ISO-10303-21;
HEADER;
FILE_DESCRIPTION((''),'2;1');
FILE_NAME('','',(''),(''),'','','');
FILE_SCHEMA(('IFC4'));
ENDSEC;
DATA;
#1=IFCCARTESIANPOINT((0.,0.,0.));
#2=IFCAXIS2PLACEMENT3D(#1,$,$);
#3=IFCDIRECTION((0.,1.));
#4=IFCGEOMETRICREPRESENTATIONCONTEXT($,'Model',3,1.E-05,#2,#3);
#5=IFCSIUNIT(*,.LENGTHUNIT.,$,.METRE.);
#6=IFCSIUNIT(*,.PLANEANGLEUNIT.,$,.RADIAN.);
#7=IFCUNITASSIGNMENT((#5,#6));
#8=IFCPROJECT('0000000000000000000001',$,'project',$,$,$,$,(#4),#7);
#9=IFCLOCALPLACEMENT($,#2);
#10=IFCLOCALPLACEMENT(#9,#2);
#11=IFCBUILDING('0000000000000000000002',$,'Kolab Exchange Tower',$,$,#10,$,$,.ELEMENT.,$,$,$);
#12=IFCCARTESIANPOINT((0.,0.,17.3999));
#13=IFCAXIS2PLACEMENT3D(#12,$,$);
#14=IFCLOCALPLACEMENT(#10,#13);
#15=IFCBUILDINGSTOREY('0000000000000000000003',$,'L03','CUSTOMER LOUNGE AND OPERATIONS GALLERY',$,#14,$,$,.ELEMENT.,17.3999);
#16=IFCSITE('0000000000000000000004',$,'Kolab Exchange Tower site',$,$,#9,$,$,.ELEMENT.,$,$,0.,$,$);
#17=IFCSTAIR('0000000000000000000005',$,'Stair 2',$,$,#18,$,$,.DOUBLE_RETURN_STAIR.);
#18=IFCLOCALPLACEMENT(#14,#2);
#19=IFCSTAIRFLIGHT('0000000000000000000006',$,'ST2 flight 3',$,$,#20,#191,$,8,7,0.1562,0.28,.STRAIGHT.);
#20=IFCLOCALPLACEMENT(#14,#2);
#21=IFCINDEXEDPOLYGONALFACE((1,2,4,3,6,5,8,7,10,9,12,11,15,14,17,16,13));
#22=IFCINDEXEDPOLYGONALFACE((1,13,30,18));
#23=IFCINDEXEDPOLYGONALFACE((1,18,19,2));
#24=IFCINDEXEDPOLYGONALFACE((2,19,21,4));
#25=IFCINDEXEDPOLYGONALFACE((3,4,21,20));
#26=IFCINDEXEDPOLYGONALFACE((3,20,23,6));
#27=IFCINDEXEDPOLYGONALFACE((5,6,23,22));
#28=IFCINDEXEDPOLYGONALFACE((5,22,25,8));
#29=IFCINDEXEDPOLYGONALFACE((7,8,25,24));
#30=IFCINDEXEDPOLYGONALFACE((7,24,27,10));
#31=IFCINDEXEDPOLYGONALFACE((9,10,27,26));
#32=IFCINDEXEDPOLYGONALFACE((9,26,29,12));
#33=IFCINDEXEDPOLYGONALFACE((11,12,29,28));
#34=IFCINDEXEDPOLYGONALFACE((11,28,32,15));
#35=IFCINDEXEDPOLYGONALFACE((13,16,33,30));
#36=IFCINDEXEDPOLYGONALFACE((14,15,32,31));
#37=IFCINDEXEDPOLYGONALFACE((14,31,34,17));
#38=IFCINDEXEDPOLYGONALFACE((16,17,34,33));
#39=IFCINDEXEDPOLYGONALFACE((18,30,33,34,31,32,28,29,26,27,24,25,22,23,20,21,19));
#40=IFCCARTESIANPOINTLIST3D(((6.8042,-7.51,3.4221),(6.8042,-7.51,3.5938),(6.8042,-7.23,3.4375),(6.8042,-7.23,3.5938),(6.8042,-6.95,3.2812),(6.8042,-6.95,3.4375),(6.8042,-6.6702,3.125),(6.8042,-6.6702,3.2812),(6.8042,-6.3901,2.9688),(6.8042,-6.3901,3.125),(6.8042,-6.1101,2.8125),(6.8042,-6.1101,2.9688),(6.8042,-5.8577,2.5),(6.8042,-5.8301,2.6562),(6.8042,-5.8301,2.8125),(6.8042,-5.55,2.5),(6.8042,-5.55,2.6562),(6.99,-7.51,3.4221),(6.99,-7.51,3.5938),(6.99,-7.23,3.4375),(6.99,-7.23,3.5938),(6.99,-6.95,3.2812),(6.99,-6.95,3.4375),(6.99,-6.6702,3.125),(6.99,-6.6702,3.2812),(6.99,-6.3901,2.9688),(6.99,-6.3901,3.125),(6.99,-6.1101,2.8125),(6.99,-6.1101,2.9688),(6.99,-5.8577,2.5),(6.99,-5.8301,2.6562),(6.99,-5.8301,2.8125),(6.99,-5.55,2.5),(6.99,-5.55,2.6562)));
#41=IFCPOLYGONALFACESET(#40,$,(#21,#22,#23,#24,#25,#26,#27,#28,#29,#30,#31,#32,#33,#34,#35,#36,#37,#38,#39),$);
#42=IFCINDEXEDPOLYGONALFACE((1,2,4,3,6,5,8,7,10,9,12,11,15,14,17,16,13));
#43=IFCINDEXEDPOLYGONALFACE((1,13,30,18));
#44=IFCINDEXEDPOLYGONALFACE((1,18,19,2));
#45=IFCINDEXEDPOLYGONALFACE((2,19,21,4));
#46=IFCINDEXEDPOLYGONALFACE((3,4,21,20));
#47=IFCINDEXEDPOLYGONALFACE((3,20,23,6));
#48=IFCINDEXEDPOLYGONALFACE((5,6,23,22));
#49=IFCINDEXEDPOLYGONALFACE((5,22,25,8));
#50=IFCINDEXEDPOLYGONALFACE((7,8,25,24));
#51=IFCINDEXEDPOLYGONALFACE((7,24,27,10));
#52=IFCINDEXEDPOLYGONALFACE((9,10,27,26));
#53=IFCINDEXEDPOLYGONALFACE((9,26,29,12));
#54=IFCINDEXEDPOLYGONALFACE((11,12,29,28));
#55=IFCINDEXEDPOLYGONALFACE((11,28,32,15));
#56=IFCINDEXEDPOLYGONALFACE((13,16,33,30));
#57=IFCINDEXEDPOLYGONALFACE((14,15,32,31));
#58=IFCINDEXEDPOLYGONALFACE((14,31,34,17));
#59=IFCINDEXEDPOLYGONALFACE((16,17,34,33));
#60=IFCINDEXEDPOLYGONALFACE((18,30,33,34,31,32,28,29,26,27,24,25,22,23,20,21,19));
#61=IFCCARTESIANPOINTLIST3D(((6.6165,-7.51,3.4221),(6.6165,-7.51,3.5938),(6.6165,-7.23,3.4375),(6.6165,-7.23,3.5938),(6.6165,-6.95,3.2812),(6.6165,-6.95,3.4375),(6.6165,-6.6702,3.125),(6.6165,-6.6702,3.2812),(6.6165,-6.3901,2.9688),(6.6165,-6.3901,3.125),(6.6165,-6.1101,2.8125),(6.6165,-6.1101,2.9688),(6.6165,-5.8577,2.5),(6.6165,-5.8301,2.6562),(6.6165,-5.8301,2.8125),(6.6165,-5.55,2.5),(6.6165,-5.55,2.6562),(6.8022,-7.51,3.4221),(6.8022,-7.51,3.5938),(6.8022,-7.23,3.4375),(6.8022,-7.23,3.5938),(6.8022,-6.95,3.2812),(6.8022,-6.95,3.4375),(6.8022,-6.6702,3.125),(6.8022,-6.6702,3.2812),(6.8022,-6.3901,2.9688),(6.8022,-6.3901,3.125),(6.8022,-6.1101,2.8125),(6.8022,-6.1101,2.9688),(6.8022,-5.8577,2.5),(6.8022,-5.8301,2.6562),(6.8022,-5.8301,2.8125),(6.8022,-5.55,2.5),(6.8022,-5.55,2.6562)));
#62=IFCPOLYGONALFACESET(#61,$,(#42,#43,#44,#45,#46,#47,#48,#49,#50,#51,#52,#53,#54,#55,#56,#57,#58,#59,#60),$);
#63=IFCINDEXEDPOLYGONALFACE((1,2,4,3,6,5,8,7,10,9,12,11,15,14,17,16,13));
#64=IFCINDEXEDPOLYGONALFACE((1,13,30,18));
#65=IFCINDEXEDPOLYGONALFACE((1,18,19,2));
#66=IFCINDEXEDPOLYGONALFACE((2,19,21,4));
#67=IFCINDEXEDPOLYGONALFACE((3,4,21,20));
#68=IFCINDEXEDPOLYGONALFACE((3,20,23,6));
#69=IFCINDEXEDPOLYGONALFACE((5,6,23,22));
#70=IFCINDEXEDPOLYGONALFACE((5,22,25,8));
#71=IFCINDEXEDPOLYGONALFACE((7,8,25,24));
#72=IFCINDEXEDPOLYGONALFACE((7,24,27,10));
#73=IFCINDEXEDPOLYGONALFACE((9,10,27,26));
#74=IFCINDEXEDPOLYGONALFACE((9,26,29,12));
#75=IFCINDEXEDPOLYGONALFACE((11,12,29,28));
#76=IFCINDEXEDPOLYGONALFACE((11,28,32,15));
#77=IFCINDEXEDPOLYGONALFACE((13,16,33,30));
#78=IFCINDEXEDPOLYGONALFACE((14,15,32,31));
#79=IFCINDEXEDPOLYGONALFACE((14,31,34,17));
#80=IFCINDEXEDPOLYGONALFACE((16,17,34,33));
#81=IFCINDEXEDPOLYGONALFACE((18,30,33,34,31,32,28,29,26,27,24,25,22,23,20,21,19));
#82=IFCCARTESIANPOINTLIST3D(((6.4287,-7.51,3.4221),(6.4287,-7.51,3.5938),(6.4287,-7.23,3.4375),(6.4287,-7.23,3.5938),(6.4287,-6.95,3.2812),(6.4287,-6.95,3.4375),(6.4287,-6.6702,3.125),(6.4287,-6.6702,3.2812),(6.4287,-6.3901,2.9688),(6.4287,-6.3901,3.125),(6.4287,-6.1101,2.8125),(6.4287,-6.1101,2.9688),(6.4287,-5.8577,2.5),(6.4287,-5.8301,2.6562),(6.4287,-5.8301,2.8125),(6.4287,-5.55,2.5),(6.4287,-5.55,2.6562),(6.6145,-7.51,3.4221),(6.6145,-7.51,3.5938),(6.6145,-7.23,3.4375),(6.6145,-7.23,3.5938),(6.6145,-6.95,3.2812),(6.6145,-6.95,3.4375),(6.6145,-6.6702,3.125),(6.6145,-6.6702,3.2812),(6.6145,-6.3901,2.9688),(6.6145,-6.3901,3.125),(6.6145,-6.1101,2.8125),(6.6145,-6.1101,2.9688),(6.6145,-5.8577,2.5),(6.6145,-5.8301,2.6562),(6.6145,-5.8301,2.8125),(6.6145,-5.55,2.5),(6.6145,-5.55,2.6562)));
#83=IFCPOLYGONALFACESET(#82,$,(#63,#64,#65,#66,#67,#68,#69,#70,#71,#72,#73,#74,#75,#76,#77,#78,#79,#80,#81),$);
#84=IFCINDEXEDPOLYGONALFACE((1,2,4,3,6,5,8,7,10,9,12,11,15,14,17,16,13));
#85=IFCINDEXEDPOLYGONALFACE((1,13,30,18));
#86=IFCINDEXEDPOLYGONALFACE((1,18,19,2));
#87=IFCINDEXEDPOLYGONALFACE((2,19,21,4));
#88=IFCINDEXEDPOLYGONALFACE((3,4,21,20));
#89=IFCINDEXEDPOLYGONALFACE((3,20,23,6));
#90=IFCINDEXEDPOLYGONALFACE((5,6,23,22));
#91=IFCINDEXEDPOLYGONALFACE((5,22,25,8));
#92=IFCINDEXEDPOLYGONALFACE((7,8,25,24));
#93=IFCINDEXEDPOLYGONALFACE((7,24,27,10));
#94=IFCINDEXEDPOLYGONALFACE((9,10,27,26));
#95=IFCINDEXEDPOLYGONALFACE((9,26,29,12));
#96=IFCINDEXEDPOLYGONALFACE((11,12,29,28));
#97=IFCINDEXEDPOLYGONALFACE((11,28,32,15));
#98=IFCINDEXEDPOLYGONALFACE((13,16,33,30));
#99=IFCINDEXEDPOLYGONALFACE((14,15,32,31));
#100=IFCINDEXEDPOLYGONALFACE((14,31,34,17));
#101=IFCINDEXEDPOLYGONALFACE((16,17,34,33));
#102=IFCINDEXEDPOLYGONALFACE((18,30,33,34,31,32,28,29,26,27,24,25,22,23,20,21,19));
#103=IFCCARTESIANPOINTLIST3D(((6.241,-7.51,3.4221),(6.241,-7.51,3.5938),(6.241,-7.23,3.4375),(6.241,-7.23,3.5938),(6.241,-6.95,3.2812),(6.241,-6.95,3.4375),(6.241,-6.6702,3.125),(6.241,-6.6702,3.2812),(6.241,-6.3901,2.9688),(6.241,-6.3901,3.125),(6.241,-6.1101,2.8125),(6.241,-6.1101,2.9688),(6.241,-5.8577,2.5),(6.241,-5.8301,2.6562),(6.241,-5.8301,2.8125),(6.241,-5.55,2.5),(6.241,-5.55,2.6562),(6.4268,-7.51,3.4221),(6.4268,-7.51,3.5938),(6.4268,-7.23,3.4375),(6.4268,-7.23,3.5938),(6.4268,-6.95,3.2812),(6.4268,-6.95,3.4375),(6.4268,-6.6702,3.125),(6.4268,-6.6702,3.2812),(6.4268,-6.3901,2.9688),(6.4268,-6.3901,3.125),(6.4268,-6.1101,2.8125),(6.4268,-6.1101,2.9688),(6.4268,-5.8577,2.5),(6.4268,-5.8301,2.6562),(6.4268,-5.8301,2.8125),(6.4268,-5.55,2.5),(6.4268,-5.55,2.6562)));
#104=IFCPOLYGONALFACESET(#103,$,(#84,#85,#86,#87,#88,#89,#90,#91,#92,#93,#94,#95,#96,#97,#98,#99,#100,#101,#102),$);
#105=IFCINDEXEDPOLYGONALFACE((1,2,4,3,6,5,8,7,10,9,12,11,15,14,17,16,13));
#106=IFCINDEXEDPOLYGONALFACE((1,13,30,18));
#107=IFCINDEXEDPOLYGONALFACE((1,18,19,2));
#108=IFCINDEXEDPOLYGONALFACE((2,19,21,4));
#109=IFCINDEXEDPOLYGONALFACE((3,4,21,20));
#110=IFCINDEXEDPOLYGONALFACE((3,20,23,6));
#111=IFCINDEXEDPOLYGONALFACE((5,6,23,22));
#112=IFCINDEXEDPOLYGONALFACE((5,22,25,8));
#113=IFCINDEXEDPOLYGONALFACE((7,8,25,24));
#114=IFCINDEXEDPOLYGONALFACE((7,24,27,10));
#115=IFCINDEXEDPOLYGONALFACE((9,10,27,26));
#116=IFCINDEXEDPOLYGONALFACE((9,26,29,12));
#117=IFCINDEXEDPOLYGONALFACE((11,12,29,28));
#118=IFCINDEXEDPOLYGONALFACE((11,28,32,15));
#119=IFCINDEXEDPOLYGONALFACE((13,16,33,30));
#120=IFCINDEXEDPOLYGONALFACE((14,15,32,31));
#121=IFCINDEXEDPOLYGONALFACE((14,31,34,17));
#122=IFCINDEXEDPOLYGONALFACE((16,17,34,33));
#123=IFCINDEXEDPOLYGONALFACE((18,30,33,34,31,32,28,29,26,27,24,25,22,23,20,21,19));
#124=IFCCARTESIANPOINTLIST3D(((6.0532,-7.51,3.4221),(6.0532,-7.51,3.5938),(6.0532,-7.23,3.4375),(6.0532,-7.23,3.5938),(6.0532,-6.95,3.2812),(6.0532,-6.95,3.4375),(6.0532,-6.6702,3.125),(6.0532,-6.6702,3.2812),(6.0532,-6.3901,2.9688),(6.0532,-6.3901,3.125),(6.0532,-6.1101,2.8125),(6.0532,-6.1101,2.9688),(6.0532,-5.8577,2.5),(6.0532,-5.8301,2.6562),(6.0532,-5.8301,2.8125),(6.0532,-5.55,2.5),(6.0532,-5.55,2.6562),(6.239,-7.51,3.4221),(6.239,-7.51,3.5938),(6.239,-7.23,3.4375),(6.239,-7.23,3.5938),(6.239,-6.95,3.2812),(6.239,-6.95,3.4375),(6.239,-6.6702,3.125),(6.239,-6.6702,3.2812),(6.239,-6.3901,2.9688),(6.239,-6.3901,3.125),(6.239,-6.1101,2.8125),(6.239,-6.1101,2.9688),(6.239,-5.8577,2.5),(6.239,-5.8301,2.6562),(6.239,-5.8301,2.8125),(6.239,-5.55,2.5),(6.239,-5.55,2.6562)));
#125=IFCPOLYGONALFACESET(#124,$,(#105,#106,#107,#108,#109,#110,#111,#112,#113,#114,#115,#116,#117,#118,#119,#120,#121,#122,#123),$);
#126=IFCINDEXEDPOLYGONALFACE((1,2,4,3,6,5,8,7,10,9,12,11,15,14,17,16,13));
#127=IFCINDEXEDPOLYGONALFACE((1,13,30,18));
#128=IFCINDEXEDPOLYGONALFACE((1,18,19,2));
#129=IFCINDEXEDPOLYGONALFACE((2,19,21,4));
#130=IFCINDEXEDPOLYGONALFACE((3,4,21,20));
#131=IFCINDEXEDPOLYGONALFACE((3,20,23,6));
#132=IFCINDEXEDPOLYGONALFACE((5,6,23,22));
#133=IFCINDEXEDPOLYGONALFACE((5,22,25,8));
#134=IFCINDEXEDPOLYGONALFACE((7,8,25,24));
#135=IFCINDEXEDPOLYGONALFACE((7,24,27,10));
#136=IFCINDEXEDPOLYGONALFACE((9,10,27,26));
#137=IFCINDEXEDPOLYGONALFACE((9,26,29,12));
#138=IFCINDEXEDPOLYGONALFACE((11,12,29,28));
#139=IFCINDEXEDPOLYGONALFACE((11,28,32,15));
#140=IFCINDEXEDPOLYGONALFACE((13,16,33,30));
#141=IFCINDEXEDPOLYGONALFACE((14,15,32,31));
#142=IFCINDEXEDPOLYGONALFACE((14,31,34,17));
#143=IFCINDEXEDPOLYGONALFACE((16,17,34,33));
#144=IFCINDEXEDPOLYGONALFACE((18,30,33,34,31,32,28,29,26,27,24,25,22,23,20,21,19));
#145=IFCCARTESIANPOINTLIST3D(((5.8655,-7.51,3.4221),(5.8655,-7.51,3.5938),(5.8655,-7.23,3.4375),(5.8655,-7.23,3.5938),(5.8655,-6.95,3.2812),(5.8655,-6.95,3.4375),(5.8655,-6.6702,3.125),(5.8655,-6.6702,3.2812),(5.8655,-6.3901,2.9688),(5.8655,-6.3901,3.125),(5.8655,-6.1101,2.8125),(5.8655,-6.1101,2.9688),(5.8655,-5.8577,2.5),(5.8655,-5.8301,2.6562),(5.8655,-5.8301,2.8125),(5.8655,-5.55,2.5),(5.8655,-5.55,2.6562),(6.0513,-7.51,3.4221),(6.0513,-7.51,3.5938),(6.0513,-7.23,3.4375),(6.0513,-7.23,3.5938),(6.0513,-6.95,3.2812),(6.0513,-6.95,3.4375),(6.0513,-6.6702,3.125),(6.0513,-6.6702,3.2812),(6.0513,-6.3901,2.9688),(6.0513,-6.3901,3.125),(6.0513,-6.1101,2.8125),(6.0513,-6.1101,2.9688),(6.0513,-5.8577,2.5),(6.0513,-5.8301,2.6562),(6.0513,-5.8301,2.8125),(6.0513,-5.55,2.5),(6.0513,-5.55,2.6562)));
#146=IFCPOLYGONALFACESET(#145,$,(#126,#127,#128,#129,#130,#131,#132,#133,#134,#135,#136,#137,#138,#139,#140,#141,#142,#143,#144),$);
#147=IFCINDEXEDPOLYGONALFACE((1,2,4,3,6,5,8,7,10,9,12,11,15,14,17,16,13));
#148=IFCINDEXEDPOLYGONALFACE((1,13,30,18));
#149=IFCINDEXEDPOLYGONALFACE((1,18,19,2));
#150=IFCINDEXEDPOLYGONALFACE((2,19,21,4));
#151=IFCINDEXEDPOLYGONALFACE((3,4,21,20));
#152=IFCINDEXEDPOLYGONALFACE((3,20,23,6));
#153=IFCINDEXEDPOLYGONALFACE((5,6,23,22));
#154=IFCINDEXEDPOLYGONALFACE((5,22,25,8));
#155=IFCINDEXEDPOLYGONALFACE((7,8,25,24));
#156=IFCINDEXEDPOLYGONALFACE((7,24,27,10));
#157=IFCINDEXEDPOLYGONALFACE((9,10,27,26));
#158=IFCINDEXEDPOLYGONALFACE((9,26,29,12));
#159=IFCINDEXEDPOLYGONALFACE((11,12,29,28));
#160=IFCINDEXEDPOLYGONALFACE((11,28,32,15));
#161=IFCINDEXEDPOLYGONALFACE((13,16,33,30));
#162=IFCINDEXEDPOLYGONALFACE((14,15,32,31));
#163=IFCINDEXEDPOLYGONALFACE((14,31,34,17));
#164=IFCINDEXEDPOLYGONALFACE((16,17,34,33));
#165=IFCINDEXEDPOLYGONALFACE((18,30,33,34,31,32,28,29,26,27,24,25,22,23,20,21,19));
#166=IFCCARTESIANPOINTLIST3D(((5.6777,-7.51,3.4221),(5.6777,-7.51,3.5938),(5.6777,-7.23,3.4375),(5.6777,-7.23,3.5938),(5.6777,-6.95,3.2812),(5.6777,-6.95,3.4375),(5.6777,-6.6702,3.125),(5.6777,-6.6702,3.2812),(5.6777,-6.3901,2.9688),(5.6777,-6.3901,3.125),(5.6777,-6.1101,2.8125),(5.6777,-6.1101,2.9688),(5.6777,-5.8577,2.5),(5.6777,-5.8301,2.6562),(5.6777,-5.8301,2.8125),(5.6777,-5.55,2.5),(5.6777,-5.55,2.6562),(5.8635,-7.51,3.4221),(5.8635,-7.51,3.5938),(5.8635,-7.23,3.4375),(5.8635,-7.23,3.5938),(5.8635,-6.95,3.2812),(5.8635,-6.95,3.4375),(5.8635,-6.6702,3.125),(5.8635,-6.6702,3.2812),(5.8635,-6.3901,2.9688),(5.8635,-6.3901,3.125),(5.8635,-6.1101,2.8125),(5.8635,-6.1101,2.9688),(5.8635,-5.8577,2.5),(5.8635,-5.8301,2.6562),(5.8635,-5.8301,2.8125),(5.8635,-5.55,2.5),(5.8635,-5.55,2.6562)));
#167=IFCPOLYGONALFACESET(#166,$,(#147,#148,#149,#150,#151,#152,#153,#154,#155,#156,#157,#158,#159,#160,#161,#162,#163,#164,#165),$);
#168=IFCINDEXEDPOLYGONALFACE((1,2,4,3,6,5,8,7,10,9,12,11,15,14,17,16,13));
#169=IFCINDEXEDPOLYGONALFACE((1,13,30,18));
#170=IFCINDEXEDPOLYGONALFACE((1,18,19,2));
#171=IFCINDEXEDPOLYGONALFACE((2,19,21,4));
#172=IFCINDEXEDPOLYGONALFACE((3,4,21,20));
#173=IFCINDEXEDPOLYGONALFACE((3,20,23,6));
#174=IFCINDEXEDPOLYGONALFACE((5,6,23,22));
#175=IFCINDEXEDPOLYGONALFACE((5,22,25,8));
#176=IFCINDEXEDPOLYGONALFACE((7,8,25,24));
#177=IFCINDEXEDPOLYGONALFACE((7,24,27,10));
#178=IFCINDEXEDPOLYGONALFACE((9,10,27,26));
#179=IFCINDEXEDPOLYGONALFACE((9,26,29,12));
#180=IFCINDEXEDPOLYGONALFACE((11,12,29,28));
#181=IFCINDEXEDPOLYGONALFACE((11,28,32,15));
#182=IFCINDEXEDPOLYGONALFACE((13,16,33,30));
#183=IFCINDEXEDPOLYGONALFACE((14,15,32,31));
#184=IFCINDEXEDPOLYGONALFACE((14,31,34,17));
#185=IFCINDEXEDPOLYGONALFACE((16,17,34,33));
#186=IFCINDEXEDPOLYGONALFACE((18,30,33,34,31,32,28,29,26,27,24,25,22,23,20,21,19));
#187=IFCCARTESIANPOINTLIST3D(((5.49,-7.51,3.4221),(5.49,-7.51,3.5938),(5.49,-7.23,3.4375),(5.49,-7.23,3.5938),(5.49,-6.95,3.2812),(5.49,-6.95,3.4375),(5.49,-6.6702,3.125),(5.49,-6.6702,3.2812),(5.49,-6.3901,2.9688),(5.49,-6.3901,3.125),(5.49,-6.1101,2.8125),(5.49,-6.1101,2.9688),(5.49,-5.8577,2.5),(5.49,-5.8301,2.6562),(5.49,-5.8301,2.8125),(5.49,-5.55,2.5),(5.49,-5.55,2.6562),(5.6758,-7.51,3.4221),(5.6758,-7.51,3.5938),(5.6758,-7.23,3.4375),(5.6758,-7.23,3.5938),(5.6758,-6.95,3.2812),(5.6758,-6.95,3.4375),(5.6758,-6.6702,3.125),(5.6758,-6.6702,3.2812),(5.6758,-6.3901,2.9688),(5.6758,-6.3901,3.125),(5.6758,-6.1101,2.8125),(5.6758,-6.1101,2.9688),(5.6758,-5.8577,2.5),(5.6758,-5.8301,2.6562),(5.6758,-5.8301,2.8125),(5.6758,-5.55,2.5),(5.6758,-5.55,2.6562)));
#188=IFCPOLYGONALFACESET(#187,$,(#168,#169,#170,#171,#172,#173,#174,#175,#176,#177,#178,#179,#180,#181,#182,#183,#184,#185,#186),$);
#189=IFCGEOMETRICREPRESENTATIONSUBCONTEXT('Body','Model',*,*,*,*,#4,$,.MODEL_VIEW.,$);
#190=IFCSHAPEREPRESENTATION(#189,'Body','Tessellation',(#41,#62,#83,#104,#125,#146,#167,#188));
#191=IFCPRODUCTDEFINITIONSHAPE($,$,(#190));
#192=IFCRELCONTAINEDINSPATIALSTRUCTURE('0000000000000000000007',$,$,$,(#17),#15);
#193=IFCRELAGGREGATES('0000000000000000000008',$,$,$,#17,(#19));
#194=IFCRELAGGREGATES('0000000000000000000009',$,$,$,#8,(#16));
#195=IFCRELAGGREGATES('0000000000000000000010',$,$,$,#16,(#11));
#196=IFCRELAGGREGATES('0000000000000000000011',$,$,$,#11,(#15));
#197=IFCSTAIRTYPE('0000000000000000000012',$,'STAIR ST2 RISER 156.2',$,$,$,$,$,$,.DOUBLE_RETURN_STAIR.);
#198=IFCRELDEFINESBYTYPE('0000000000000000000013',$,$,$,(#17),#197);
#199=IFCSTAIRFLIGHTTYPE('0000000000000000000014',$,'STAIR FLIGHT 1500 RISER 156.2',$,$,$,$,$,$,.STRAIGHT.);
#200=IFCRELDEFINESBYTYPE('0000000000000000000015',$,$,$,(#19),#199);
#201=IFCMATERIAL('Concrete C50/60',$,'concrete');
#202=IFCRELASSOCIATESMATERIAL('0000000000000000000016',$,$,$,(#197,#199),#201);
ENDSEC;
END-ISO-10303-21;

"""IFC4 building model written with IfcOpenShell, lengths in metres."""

from ifc_helpers import new_model, si_unit, direction, frame, origin, place, context, subcontext, project, spatial, polyline, outline, extrude, material, type_object, element, aggregate, save


model = new_model("IFC4")

# Units and contexts
model_context = context("Model", 3, precision=1e-05, world=origin(), true_north=direction((0.0, 1.0)))
body_context = subcontext(model_context, "Body", "Model", "MODEL_VIEW")
ifc_project = project(units=[si_unit("LENGTHUNIT", "METRE"), si_unit("PLANEANGLEUNIT", "RADIAN")], contexts=[model_context])

# Site, building, storey
site_placement = place(None, origin())
site = spatial("IfcSite", under=ifc_project, at=site_placement, Name="Kolab Exchange Tower site", CompositionType="ELEMENT", RefElevation=0.0)
building_placement = place(site_placement, origin())
building = spatial("IfcBuilding", under=site, at=building_placement, Name="Kolab Exchange Tower", CompositionType="ELEMENT")
storey_placement = place(building_placement, frame((0.0, 0.0, 17.3999)))
storey = spatial("IfcBuildingStorey", under=building, at=storey_placement, Name="L03", Description="CUSTOMER LOUNGE AND OPERATIONS GALLERY", CompositionType="ELEMENT", Elevation=17.3999)

# Shared definitions
ifc_material_1 = material(Name="Concrete C50/60", Category="concrete")

# Stair, stair flight
stair_type_1 = type_object("IfcStairType", Name="STAIR ST2 RISER 156.2", PredefinedType="DOUBLE_RETURN_STAIR", material=ifc_material_1)
stair_1_placement = place(storey_placement, origin())
stair_1 = element("IfcStair", 1, at=stair_1_placement, inside=storey, type_object=stair_type_1, Name="Stair 2", PredefinedType="DOUBLE_RETURN_STAIR")
stair_flight_type = type_object("IfcStairFlightType", Name="STAIR FLIGHT 1500 RISER 156.2", PredefinedType="STRAIGHT", material=ifc_material_1)
stair_flight_1_placement = place(storey_placement, frame((6.24, -5.55, 2.5), z_axis=(0.0, 0.0, 1.0), x_axis=(0.0, -1.0, 0.0)))
stair_flight_1 = element("IfcStairFlight", 2, at=stair_flight_1_placement, type_object=stair_flight_type, Name="ST2 flight 3", NumberOfRisers=8, NumberOfTreads=7, PredefinedType="STRAIGHT", RiserHeight=0.1562, TreadLength=0.28, context=body_context, shape_type="SweptSolid", body=[
    extrude(outline(polyline([(0.0, 0.0), (0.0, 0.1562), (0.28, 0.1562), (0.28, 0.3125), (0.5601, 0.3125), (0.5601, 0.4688), (0.8401, 0.4688), (0.8401, 0.625), (1.1201, 0.625), (1.1201, 0.7812), (1.3999, 0.7812), (1.3999, 0.9375), (1.6799, 0.9375), (1.6799, 1.0938), (1.96, 1.0938), (1.96, 1.25), (1.96, 0.9221), (0.3076, 0.0), (0.0, 0.0)])), frame((0.0, 0.75, 0.0), z_axis=(0.0, -1.0, 0.0), x_axis=(1.0, 0.0, 0.0)), (0.0, 0.0, 1.0), 0.1858),
    extrude(outline(polyline([(0.0, 0.0), (0.0, 0.1562), (0.28, 0.1562), (0.28, 0.3125), (0.5601, 0.3125), (0.5601, 0.4688), (0.8401, 0.4688), (0.8401, 0.625), (1.1201, 0.625), (1.1201, 0.7812), (1.3999, 0.7812), (1.3999, 0.9375), (1.6799, 0.9375), (1.6799, 1.0938), (1.96, 1.0938), (1.96, 1.25), (1.96, 0.9221), (0.3076, 0.0), (0.0, 0.0)])), frame((0.0, 0.5623, 0.0), z_axis=(0.0, -1.0, 0.0), x_axis=(1.0, 0.0, 0.0)), (0.0, 0.0, 1.0), 0.1858),
    extrude(outline(polyline([(0.0, 0.0), (0.0, 0.1562), (0.28, 0.1562), (0.28, 0.3125), (0.5601, 0.3125), (0.5601, 0.4688), (0.8401, 0.4688), (0.8401, 0.625), (1.1201, 0.625), (1.1201, 0.7812), (1.3999, 0.7812), (1.3999, 0.9375), (1.6799, 0.9375), (1.6799, 1.0938), (1.96, 1.0938), (1.96, 1.25), (1.96, 0.9221), (0.3076, 0.0), (0.0, 0.0)])), frame((0.0, 0.3745, 0.0), z_axis=(0.0, -1.0, 0.0), x_axis=(1.0, 0.0, 0.0)), (0.0, 0.0, 1.0), 0.1858),
    extrude(outline(polyline([(0.0, 0.0), (0.0, 0.1562), (0.28, 0.1562), (0.28, 0.3125), (0.5601, 0.3125), (0.5601, 0.4688), (0.8401, 0.4688), (0.8401, 0.625), (1.1201, 0.625), (1.1201, 0.7812), (1.3999, 0.7812), (1.3999, 0.9375), (1.6799, 0.9375), (1.6799, 1.0938), (1.96, 1.0938), (1.96, 1.25), (1.96, 0.9221), (0.3076, 0.0), (0.0, 0.0)])), frame((0.0, 0.1868, 0.0), z_axis=(0.0, -1.0, 0.0), x_axis=(1.0, 0.0, 0.0)), (0.0, 0.0, 1.0), 0.1858),
    extrude(outline(polyline([(0.0, 0.0), (0.0, 0.1562), (0.28, 0.1562), (0.28, 0.3125), (0.5601, 0.3125), (0.5601, 0.4688), (0.8401, 0.4688), (0.8401, 0.625), (1.1201, 0.625), (1.1201, 0.7812), (1.3999, 0.7812), (1.3999, 0.9375), (1.6799, 0.9375), (1.6799, 1.0938), (1.96, 1.0938), (1.96, 1.25), (1.96, 0.9221), (0.3076, 0.0), (0.0, 0.0)])), frame((0.0, -0.001, 0.0), z_axis=(0.0, -1.0, 0.0), x_axis=(1.0, 0.0, 0.0)), (0.0, 0.0, 1.0), 0.1858),
    extrude(outline(polyline([(0.0, 0.0), (0.0, 0.1562), (0.28, 0.1562), (0.28, 0.3125), (0.5601, 0.3125), (0.5601, 0.4688), (0.8401, 0.4688), (0.8401, 0.625), (1.1201, 0.625), (1.1201, 0.7812), (1.3999, 0.7812), (1.3999, 0.9375), (1.6799, 0.9375), (1.6799, 1.0938), (1.96, 1.0938), (1.96, 1.25), (1.96, 0.9221), (0.3076, 0.0), (0.0, 0.0)])), frame((0.0, -0.1887, 0.0), z_axis=(0.0, -1.0, 0.0), x_axis=(1.0, 0.0, 0.0)), (0.0, 0.0, 1.0), 0.1858),
    extrude(outline(polyline([(0.0, 0.0), (0.0, 0.1562), (0.28, 0.1562), (0.28, 0.3125), (0.5601, 0.3125), (0.5601, 0.4688), (0.8401, 0.4688), (0.8401, 0.625), (1.1201, 0.625), (1.1201, 0.7812), (1.3999, 0.7812), (1.3999, 0.9375), (1.6799, 0.9375), (1.6799, 1.0938), (1.96, 1.0938), (1.96, 1.25), (1.96, 0.9221), (0.3076, 0.0), (0.0, 0.0)])), frame((0.0, -0.3765, 0.0), z_axis=(0.0, -1.0, 0.0), x_axis=(1.0, 0.0, 0.0)), (0.0, 0.0, 1.0), 0.1858),
    extrude(outline(polyline([(0.0, 0.0), (0.0, 0.1562), (0.28, 0.1562), (0.28, 0.3125), (0.5601, 0.3125), (0.5601, 0.4688), (0.8401, 0.4688), (0.8401, 0.625), (1.1201, 0.625), (1.1201, 0.7812), (1.3999, 0.7812), (1.3999, 0.9375), (1.6799, 0.9375), (1.6799, 1.0938), (1.96, 1.0938), (1.96, 1.25), (1.96, 0.9221), (0.3076, 0.0), (0.0, 0.0)])), frame((0.0, -0.5642, 0.0), z_axis=(0.0, -1.0, 0.0), x_axis=(1.0, 0.0, 0.0)), (0.0, 0.0, 1.0), 0.1858),
])
aggregate(stair_1, [stair_flight_1])

save(model, "model.ifc")
